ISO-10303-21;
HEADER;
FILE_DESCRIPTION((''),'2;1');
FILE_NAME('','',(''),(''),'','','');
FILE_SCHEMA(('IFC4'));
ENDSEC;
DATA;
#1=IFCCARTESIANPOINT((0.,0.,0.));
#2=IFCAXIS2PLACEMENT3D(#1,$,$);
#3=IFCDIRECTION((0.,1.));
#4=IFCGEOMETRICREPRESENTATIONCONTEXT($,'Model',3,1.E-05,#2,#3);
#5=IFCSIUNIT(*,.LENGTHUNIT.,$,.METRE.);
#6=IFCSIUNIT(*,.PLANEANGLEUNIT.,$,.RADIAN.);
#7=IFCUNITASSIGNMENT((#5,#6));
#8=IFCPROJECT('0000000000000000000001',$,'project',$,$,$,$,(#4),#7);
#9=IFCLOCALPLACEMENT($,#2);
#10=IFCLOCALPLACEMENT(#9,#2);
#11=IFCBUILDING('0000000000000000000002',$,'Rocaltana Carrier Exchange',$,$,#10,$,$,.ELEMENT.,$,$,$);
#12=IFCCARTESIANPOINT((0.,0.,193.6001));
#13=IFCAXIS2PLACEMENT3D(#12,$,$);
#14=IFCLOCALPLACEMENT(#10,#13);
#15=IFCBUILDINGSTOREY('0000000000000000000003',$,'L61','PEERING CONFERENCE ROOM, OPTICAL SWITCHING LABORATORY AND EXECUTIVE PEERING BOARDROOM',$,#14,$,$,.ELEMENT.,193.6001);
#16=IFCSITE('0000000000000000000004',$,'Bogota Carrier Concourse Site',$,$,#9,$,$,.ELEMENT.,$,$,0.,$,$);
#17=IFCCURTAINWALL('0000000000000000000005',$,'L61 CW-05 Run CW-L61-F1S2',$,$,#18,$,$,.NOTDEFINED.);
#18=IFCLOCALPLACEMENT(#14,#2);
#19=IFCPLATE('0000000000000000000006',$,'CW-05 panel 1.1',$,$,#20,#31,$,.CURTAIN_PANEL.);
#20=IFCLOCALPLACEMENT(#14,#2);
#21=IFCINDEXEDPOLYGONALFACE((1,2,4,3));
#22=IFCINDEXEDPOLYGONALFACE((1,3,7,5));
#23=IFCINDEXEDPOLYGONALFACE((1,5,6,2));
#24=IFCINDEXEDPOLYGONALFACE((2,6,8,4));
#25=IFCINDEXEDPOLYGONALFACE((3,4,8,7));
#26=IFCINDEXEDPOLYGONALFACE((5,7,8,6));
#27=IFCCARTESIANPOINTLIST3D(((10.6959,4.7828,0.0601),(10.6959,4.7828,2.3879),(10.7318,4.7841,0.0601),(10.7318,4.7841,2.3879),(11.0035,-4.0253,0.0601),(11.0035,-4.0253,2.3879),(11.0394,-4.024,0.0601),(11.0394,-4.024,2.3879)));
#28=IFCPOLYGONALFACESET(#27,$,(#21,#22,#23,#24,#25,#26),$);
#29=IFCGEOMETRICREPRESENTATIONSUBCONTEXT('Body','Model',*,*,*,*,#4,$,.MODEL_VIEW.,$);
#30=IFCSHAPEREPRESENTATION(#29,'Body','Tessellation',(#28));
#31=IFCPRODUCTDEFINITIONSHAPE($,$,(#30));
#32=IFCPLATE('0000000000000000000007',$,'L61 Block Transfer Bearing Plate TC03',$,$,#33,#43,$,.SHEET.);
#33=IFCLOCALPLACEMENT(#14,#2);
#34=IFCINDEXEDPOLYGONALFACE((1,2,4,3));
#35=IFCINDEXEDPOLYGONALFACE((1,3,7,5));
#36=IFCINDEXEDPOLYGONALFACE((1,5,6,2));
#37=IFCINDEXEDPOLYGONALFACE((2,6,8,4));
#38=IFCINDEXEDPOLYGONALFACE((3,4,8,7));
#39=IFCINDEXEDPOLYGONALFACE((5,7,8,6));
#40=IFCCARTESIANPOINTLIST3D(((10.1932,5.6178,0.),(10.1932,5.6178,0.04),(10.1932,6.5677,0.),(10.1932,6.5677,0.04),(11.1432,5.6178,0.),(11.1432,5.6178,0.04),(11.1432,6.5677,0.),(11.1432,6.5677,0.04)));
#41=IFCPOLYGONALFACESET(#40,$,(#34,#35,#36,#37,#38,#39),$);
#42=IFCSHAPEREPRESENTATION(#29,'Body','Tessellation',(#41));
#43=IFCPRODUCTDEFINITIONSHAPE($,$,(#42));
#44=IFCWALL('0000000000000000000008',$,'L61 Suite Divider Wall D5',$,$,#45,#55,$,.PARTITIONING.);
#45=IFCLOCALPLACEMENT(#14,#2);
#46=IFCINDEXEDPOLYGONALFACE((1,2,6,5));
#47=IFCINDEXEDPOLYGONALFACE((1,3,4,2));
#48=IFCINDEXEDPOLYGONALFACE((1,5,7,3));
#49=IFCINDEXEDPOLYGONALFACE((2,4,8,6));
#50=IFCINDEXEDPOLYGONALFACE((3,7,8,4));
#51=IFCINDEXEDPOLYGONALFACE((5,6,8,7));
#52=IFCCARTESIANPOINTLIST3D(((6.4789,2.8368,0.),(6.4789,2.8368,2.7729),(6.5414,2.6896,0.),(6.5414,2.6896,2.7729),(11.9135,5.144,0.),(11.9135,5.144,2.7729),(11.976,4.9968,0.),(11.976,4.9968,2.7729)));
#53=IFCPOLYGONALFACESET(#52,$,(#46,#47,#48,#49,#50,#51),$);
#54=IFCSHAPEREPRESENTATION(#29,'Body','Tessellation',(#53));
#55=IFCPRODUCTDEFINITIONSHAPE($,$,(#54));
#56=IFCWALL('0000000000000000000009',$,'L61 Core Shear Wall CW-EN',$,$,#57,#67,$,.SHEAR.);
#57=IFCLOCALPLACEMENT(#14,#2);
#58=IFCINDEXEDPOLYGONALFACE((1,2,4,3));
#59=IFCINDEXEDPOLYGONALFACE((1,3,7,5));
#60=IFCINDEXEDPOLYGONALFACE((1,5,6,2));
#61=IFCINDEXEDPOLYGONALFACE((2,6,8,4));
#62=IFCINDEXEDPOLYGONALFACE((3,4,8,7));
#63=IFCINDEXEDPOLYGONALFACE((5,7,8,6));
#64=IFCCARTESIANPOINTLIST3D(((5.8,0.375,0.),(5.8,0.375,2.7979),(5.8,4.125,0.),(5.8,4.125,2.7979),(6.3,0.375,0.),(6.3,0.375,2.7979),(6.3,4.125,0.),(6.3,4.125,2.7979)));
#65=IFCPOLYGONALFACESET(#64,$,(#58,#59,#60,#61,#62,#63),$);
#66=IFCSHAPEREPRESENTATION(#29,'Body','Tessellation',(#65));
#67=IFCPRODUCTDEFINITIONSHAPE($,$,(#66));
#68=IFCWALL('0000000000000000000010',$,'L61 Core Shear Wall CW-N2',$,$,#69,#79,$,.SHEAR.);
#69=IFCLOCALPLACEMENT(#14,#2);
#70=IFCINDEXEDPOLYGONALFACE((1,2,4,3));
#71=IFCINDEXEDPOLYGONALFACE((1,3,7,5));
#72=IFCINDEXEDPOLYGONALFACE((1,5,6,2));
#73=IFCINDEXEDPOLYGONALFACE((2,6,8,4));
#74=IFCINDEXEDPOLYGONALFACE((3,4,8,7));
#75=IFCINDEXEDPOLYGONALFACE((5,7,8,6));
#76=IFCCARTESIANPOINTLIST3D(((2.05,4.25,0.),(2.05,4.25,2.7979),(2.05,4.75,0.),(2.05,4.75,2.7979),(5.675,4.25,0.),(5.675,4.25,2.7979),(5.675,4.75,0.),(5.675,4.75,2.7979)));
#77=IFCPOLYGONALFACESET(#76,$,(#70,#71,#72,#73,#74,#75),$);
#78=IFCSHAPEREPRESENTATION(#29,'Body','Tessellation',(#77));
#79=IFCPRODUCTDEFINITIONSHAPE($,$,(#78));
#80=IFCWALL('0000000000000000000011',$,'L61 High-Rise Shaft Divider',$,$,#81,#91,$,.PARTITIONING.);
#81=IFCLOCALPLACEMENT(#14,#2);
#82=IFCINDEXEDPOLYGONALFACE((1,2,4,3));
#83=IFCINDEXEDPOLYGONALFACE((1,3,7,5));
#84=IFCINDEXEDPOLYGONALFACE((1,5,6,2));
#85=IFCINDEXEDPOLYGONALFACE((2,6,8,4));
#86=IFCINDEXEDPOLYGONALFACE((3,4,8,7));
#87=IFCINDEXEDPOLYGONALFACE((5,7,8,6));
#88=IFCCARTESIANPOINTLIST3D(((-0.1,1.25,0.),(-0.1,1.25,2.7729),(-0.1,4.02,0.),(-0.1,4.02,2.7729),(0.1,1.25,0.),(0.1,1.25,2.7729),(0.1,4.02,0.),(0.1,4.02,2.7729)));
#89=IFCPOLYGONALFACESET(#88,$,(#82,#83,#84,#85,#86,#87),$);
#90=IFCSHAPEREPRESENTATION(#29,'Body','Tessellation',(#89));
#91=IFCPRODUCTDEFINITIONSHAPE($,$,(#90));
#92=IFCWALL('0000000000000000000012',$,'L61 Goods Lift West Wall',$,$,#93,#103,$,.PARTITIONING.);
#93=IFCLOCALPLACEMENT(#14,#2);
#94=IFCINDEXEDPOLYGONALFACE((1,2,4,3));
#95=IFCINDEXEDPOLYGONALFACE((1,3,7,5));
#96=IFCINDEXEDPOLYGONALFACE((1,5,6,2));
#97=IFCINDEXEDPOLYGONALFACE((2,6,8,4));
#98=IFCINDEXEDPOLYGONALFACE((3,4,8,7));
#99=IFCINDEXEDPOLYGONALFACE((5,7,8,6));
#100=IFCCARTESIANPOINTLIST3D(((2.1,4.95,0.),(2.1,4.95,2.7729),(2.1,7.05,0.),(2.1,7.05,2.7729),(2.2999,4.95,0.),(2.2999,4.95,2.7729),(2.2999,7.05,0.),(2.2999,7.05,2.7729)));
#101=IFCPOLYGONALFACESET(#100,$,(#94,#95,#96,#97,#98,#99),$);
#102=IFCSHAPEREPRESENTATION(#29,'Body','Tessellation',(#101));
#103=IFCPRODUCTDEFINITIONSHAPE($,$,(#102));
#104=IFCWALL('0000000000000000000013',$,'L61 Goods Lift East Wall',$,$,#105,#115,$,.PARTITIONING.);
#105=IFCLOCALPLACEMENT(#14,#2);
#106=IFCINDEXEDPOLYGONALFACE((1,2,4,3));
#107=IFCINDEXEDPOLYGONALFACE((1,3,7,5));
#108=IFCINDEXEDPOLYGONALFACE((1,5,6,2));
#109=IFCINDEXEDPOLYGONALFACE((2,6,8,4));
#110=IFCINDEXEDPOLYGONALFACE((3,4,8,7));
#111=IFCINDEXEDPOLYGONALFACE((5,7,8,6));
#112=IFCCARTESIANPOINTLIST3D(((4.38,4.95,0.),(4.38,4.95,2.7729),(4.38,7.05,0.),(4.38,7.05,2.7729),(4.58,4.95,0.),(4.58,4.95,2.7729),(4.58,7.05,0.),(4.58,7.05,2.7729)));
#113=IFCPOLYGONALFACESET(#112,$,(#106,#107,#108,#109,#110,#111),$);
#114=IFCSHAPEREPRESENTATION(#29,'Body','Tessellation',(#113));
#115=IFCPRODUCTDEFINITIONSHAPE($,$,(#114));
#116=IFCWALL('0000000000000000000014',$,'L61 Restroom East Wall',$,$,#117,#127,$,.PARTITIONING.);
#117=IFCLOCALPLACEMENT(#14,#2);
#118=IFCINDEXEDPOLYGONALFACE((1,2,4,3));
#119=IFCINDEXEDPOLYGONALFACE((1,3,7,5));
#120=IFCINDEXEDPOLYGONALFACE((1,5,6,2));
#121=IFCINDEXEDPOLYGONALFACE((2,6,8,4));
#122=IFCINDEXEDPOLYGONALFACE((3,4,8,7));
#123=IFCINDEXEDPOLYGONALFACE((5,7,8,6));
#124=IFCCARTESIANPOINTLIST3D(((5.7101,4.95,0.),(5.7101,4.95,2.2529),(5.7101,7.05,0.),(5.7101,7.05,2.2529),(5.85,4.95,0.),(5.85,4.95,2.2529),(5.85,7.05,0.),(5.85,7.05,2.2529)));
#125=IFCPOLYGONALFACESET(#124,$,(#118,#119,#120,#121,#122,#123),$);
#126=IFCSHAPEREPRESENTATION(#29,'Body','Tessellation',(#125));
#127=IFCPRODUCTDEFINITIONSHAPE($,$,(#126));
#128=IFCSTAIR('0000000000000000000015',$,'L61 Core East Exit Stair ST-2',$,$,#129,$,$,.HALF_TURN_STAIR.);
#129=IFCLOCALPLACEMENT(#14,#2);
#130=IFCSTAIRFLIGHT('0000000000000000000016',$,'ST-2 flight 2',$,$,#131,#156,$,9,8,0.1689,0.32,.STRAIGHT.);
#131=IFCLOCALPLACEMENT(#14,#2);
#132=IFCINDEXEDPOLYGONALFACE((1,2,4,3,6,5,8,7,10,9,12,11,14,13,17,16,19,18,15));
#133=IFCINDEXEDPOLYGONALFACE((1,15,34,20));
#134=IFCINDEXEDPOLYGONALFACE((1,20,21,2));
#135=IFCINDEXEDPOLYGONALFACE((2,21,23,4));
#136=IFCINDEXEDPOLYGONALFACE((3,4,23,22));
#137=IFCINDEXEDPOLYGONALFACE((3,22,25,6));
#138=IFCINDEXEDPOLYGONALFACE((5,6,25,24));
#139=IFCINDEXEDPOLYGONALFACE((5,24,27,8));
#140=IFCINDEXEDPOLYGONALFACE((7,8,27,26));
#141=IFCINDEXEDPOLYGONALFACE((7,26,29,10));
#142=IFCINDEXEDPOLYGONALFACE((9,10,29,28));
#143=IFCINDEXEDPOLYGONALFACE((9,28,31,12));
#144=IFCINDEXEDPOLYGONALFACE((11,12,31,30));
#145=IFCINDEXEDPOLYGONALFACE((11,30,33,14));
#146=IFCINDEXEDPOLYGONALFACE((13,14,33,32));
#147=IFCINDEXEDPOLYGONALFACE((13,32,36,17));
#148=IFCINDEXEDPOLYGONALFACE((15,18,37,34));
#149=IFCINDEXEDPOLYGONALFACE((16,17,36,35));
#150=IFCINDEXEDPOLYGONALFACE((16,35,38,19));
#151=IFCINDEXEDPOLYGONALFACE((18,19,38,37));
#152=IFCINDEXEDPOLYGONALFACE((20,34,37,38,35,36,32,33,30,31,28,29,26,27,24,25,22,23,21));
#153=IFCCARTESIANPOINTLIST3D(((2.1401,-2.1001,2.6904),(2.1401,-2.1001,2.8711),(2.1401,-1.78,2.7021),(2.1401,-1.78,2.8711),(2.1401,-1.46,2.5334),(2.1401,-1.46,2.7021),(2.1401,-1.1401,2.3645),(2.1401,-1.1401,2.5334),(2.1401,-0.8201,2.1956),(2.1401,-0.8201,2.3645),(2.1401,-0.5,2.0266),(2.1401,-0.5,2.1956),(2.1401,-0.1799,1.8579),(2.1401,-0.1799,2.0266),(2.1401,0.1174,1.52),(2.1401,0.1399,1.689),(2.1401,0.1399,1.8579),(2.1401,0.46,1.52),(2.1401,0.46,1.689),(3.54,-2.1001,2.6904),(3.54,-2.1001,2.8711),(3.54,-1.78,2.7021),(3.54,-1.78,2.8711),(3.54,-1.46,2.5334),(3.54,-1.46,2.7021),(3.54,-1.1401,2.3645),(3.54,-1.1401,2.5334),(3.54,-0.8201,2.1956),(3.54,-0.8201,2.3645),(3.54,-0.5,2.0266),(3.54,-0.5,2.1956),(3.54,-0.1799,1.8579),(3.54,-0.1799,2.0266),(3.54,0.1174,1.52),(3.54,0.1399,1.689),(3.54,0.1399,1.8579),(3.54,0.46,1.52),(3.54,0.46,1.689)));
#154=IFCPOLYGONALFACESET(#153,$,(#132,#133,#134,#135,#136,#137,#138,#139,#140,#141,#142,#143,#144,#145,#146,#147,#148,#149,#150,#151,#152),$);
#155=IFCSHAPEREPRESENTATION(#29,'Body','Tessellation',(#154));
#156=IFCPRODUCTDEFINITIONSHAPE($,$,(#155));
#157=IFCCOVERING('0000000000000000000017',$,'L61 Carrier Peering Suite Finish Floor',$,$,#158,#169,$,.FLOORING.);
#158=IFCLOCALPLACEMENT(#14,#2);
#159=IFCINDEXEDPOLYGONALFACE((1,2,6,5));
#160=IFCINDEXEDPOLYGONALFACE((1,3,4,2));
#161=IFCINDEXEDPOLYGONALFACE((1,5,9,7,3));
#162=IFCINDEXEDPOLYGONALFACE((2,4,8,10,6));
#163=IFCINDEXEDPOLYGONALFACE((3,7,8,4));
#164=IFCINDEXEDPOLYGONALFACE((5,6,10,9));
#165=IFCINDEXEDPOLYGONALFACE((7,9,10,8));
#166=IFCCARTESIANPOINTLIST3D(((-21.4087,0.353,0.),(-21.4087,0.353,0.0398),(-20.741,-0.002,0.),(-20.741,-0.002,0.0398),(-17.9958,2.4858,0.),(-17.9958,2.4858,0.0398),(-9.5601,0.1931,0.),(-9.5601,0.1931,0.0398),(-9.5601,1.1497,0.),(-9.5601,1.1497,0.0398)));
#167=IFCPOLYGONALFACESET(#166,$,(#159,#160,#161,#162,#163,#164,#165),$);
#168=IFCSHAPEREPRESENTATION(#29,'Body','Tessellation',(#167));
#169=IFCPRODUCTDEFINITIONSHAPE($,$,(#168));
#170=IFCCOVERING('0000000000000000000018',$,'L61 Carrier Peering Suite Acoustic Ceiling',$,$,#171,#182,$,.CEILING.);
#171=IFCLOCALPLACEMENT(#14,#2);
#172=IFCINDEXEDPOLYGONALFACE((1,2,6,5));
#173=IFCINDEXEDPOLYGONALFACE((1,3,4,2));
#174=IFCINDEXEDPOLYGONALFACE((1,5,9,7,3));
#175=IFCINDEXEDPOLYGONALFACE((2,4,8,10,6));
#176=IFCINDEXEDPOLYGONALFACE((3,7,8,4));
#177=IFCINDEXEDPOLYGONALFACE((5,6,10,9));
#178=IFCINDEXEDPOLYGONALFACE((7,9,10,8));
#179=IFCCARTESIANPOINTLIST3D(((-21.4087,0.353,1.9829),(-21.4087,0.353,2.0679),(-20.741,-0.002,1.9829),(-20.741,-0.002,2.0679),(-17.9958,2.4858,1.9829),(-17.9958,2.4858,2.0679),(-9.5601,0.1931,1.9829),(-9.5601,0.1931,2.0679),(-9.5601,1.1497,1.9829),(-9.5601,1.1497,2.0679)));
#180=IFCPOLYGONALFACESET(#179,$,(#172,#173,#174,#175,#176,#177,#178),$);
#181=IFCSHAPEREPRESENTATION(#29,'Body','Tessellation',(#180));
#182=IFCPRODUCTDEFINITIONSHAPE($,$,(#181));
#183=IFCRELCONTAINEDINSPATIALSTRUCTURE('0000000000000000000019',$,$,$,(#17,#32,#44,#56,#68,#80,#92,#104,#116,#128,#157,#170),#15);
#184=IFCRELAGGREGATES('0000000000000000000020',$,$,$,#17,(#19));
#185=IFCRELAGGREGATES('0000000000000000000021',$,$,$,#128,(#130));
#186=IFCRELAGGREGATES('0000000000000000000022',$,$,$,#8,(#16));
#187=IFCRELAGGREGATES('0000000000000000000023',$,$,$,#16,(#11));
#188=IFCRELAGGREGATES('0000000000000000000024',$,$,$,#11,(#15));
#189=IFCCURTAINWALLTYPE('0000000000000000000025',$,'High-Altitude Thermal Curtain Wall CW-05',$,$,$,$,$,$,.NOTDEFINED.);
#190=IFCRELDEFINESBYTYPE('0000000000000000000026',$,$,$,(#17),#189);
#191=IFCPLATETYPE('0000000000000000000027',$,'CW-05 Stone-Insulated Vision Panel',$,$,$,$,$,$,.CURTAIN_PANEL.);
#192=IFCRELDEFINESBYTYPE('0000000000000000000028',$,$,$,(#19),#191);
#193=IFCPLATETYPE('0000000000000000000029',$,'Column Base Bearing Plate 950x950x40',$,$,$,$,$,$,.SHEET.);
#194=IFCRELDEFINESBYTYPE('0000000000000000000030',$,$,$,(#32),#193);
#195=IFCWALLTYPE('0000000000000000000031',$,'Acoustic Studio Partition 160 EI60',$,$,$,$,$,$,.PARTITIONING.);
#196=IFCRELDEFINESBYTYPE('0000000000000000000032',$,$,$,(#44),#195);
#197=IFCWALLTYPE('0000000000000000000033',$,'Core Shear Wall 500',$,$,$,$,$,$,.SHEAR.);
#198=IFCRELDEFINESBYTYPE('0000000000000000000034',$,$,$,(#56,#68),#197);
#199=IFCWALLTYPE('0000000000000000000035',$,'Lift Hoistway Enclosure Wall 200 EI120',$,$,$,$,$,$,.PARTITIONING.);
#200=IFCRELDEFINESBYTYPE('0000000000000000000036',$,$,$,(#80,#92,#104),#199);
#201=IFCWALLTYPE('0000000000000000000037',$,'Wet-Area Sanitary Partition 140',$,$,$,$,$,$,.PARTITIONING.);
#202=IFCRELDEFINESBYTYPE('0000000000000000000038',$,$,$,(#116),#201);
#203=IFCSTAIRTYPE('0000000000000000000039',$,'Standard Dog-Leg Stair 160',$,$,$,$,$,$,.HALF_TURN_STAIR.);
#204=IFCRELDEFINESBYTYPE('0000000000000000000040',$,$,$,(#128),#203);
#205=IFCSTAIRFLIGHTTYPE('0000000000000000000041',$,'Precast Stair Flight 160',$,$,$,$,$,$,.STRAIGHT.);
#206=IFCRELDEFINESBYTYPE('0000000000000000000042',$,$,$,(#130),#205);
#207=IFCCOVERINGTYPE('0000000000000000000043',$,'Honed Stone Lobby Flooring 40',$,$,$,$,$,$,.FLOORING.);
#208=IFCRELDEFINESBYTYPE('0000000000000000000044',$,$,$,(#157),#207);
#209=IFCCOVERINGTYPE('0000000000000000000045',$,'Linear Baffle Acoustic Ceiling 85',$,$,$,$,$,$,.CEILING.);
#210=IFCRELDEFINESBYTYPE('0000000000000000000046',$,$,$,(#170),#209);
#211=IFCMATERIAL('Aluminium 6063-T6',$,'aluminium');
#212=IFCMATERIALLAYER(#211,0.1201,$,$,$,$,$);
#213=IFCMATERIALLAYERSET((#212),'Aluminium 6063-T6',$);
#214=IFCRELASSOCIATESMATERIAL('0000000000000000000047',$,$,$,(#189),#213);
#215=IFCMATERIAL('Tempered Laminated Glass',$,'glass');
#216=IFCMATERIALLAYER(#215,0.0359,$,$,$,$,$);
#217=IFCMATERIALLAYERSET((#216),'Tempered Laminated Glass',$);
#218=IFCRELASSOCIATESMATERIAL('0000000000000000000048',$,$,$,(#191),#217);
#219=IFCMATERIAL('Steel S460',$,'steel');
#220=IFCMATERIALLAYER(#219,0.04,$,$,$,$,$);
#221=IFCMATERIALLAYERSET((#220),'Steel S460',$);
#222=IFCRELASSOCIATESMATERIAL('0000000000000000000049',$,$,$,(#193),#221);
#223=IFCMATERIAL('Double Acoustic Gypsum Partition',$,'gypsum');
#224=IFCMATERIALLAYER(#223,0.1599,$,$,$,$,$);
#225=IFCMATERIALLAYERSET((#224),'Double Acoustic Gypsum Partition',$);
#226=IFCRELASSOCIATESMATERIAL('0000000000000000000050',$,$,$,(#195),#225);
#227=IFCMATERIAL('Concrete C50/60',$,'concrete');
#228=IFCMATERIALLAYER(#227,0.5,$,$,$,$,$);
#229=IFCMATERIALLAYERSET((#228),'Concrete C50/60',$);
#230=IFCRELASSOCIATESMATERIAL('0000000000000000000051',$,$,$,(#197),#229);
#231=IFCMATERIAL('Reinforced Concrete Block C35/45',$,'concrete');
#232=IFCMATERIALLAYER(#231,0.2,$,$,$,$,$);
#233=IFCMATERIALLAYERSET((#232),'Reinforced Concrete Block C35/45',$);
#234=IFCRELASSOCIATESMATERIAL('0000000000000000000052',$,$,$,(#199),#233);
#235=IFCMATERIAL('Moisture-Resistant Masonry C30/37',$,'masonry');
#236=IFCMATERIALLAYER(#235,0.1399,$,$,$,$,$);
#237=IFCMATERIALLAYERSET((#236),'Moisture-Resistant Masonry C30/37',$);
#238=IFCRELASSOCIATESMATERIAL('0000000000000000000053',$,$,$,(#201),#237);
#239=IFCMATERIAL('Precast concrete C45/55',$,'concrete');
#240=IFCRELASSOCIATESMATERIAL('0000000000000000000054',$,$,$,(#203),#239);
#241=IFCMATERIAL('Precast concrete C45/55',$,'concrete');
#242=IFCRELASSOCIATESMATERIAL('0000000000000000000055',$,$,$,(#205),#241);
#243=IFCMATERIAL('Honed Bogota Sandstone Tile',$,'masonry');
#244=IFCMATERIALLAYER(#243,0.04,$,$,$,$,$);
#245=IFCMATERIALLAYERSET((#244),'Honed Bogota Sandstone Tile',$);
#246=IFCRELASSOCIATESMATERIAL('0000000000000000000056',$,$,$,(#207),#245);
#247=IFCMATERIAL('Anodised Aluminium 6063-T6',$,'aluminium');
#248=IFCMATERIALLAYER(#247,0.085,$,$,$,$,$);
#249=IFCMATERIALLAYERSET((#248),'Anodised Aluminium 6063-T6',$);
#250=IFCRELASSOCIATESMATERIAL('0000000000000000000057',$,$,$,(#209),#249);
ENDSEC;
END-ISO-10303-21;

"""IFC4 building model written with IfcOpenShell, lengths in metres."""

from ifc_helpers import new_model, si_unit, direction, frame, frame_2d, origin, origin_2d, place, context, subcontext, project, spatial, polyline, rectangle, outline, extrude, material, layer, layer_set, type_object, element, aggregate, save


model = new_model("IFC4")

# Units and contexts
model_context = context("Model", 3, precision=1e-05, world=origin(), true_north=direction((0.0, 1.0)))
body_context = subcontext(model_context, "Body", "Model", "MODEL_VIEW")
ifc_project = project(units=[si_unit("LENGTHUNIT", "METRE"), si_unit("PLANEANGLEUNIT", "RADIAN")], contexts=[model_context])

# Site, building, storey
site_placement = place(None, origin())
site = spatial("IfcSite", under=ifc_project, at=site_placement, Name="Bogota Carrier Concourse Site", CompositionType="ELEMENT", RefElevation=0.0)
building_placement = place(site_placement, origin())
building = spatial("IfcBuilding", under=site, at=building_placement, Name="Rocaltana Carrier Exchange", CompositionType="ELEMENT")
storey_placement = place(building_placement, frame((0.0, 0.0, 193.6001)))
storey = spatial("IfcBuildingStorey", under=building, at=storey_placement, Name="L61", Description="PEERING CONFERENCE ROOM, OPTICAL SWITCHING LABORATORY AND EXECUTIVE PEERING BOARDROOM", CompositionType="ELEMENT", Elevation=193.6001)

# Curtain wall
ifc_material_1 = material(Name="Aluminium 6063-T6", Category="aluminium")
ifc_layer_1 = layer(ifc_material_1, 0.1201)
ifc_layer_set_1 = layer_set([ifc_layer_1], Name="Aluminium 6063-T6")
curtain_wall_type = type_object("IfcCurtainWallType", Name="High-Altitude Thermal Curtain Wall CW-05", PredefinedType="NOTDEFINED", material=ifc_layer_set_1)
curtain_wall_placement = place(storey_placement, origin())
curtain_wall = element("IfcCurtainWall", 1, at=curtain_wall_placement, inside=storey, type_object=curtain_wall_type, Name="L61 CW-05 Run CW-L61-F1S2", PredefinedType="NOTDEFINED")

# Plates
ifc_material_2 = material(Name="Tempered Laminated Glass", Category="glass")
ifc_layer_2 = layer(ifc_material_2, 0.0359)
ifc_layer_set_2 = layer_set([ifc_layer_2], Name="Tempered Laminated Glass")
plate_type_1 = type_object("IfcPlateType", Name="CW-05 Stone-Insulated Vision Panel", PredefinedType="CURTAIN_PANEL", material=ifc_layer_set_2)
plate_1_placement = place(storey_placement, frame((10.8677, 0.3794, 0.0601), z_axis=(0.0, 0.0, 1.0), x_axis=(-0.034903, 0.999391, 0.0)))
plate_1 = element("IfcPlate", 2, at=plate_1_placement, type_object=plate_type_1, Name="CW-05 panel 1.1", PredefinedType="CURTAIN_PANEL", context=body_context, shape_type="SweptSolid", body=[
    extrude(rectangle(XDim=8.8135, YDim=0.0359, at=origin_2d()), origin(), (0.0, 0.0, 1.0), 2.3279),
])
aggregate(curtain_wall, [plate_1])
ifc_material_3 = material(Name="Steel S460", Category="steel")
ifc_layer_3 = layer(ifc_material_3, 0.04)
ifc_layer_set_3 = layer_set([ifc_layer_3], Name="Steel S460")
plate_type_2 = type_object("IfcPlateType", Name="Column Base Bearing Plate 950x950x40", PredefinedType="SHEET", material=ifc_layer_set_3)
plate_2_placement = place(storey_placement, frame((10.6682, 6.0928, 0.0), z_axis=(0.0, 0.0, 1.0), x_axis=(1.0, 0.0, 0.0)))
element("IfcPlate", 3, at=plate_2_placement, inside=storey, type_object=plate_type_2, Name="L61 Block Transfer Bearing Plate TC03", PredefinedType="SHEET", context=body_context, shape_type="SweptSolid", body=[
    extrude(rectangle(XDim=0.95, YDim=0.95, at=origin_2d()), origin(), (0.0, 0.0, 1.0), 0.04),
])

# Walls
ifc_material_4 = material(Name="Double Acoustic Gypsum Partition", Category="gypsum")
ifc_layer_4 = layer(ifc_material_4, 0.1599)
ifc_layer_set_4 = layer_set([ifc_layer_4], Name="Double Acoustic Gypsum Partition")
wall_type_1 = type_object("IfcWallType", Name="Acoustic Studio Partition 160 EI60", PredefinedType="PARTITIONING", material=ifc_layer_set_4)
wall_1_placement = place(storey_placement, frame((6.51, 2.7632, 0.0), z_axis=(0.0, 0.0, 1.0), x_axis=(0.920487, 0.390773, 0.0)))
element("IfcWall", 4, at=wall_1_placement, inside=storey, type_object=wall_type_1, Name="L61 Suite Divider Wall D5", PredefinedType="PARTITIONING", context=body_context, shape_type="SweptSolid", body=[
    extrude(rectangle(XDim=5.9041, YDim=0.1599, at=frame_2d((2.9521, 0.0))), origin(), (0.0, 0.0, 1.0), 2.7729),
])
ifc_material_5 = material(Name="Concrete C50/60", Category="concrete")
ifc_layer_5 = layer(ifc_material_5, 0.5)
ifc_layer_set_5 = layer_set([ifc_layer_5], Name="Concrete C50/60")
wall_type_2 = type_object("IfcWallType", Name="Core Shear Wall 500", PredefinedType="SHEAR", material=ifc_layer_set_5)
wall_2_placement = place(storey_placement, frame((6.05, 0.375, 0.0), z_axis=(0.0, 0.0, 1.0), x_axis=(0.0, 1.0, 0.0)))
element("IfcWall", 5, at=wall_2_placement, inside=storey, type_object=wall_type_2, Name="L61 Core Shear Wall CW-EN", PredefinedType="SHEAR", context=body_context, shape_type="SweptSolid", body=[
    extrude(rectangle(XDim=3.75, YDim=0.5, at=frame_2d((1.875, 0.0))), origin(), (0.0, 0.0, 1.0), 2.7979),
])
wall_3_placement = place(storey_placement, frame((2.05, 4.5, 0.0), z_axis=(0.0, 0.0, 1.0), x_axis=(1.0, 0.0, 0.0)))
element("IfcWall", 6, at=wall_3_placement, inside=storey, type_object=wall_type_2, Name="L61 Core Shear Wall CW-N2", PredefinedType="SHEAR", context=body_context, shape_type="SweptSolid", body=[
    extrude(rectangle(XDim=3.625, YDim=0.5, at=frame_2d((1.8125, 0.0))), origin(), (0.0, 0.0, 1.0), 2.7979),
])
ifc_material_6 = material(Name="Reinforced Concrete Block C35/45", Category="concrete")
ifc_layer_6 = layer(ifc_material_6, 0.2)
ifc_layer_set_6 = layer_set([ifc_layer_6], Name="Reinforced Concrete Block C35/45")
wall_type_3 = type_object("IfcWallType", Name="Lift Hoistway Enclosure Wall 200 EI120", PredefinedType="PARTITIONING", material=ifc_layer_set_6)
wall_4_placement = place(storey_placement, frame((0.0, 1.25, 0.0), z_axis=(0.0, 0.0, 1.0), x_axis=(0.0, 1.0, 0.0)))
element("IfcWall", 7, at=wall_4_placement, inside=storey, type_object=wall_type_3, Name="L61 High-Rise Shaft Divider", PredefinedType="PARTITIONING", context=body_context, shape_type="SweptSolid", body=[
    extrude(rectangle(XDim=2.77, YDim=0.2, at=frame_2d((1.385, 0.0))), origin(), (0.0, 0.0, 1.0), 2.7729),
])
for number, where, z_axis, x_axis, name in (
    (8, (2.2, 4.95, 0.0), (0.0, 0.0, 1.0), (0.0, 1.0, 0.0), "L61 Goods Lift West Wall"),
    (9, (4.48, 4.95, 0.0), (0.0, 0.0, 1.0), (0.0, 1.0, 0.0), "L61 Goods Lift East Wall"),
):
    element("IfcWall", number, at=place(storey_placement, frame(where, z_axis=z_axis, x_axis=x_axis)), inside=storey, type_object=wall_type_3, Name=name, PredefinedType="PARTITIONING", context=body_context, shape_type="SweptSolid", body=[
        extrude(rectangle(XDim=2.1001, YDim=0.2, at=frame_2d((1.05, 0.0))), origin(), (0.0, 0.0, 1.0), 2.7729),
    ])
ifc_material_7 = material(Name="Moisture-Resistant Masonry C30/37", Category="masonry")
ifc_layer_7 = layer(ifc_material_7, 0.1399)
ifc_layer_set_7 = layer_set([ifc_layer_7], Name="Moisture-Resistant Masonry C30/37")
wall_type_4 = type_object("IfcWallType", Name="Wet-Area Sanitary Partition 140", PredefinedType="PARTITIONING", material=ifc_layer_set_7)
wall_5_placement = place(storey_placement, frame((5.78, 4.95, 0.0), z_axis=(0.0, 0.0, 1.0), x_axis=(0.0, 1.0, 0.0)))
element("IfcWall", 10, at=wall_5_placement, inside=storey, type_object=wall_type_4, Name="L61 Restroom East Wall", PredefinedType="PARTITIONING", context=body_context, shape_type="SweptSolid", body=[
    extrude(rectangle(XDim=2.1001, YDim=0.1399, at=frame_2d((1.05, 0.0))), origin(), (0.0, 0.0, 1.0), 2.2529),
])

# Stair, stair flight
ifc_material_8 = material(Name="Precast concrete C45/55", Category="concrete")
stair_type = type_object("IfcStairType", Name="Standard Dog-Leg Stair 160", PredefinedType="HALF_TURN_STAIR", material=ifc_material_8)
stair_placement = place(storey_placement, origin())
stair = element("IfcStair", 11, at=stair_placement, inside=storey, type_object=stair_type, Name="L61 Core East Exit Stair ST-2", PredefinedType="HALF_TURN_STAIR")
ifc_material_9 = material(Name="Precast concrete C45/55", Category="concrete")
stair_flight_type = type_object("IfcStairFlightType", Name="Precast Stair Flight 160", PredefinedType="STRAIGHT", material=ifc_material_9)
stair_flight_placement = place(storey_placement, frame((2.8401, 0.46, 1.52), z_axis=(0.0, 0.0, 1.0), x_axis=(0.0, -1.0, 0.0)))
stair_flight = element("IfcStairFlight", 12, at=stair_flight_placement, type_object=stair_flight_type, Name="ST-2 flight 2", NumberOfRisers=9, NumberOfTreads=8, PredefinedType="STRAIGHT", RiserHeight=0.1689, TreadLength=0.32, context=body_context, shape_type="SweptSolid", body=[
    extrude(outline(polyline([(0.0, 0.0), (0.0, 0.1689), (0.3201, 0.1689), (0.3201, 0.3379), (0.6399, 0.3379), (0.6399, 0.5066), (0.96, 0.5066), (0.96, 0.6755), (1.28, 0.6755), (1.28, 0.8445), (1.6001, 0.8445), (1.6001, 1.0134), (1.9199, 1.0134), (1.9199, 1.1821), (2.24, 1.1821), (2.24, 1.3511), (2.5601, 1.3511), (2.5601, 1.52), (2.5601, 1.1704), (0.3425, 0.0), (0.0, 0.0)])), frame((0.0, 0.7, 0.0), z_axis=(0.0, -1.0, 0.0), x_axis=(1.0, 0.0, 0.0)), (0.0, 0.0, 1.0), 1.3999),
])
aggregate(stair, [stair_flight])

# Coverings
ifc_material_10 = material(Name="Honed Bogota Sandstone Tile", Category="masonry")
ifc_layer_8 = layer(ifc_material_10, 0.04)
ifc_layer_set_8 = layer_set([ifc_layer_8], Name="Honed Bogota Sandstone Tile")
covering_type_1 = type_object("IfcCoveringType", Name="Honed Stone Lobby Flooring 40", PredefinedType="FLOORING", material=ifc_layer_set_8)
covering_1_placement = place(storey_placement, origin())
element("IfcCovering", 13, at=covering_1_placement, inside=storey, type_object=covering_type_1, Name="L61 Carrier Peering Suite Finish Floor", PredefinedType="FLOORING", context=body_context, shape_type="SweptSolid", body=[
    extrude(outline(polyline([(-21.4087, 0.353), (-17.9958, 2.4858), (-9.5601, 1.1497), (-9.5601, 0.1931), (-20.741, -0.002), (-21.4087, 0.353)])), origin(), (0.0, 0.0, 1.0), 0.0398),
])
ifc_material_11 = material(Name="Anodised Aluminium 6063-T6", Category="aluminium")
ifc_layer_9 = layer(ifc_material_11, 0.085)
ifc_layer_set_9 = layer_set([ifc_layer_9], Name="Anodised Aluminium 6063-T6")
covering_type_2 = type_object("IfcCoveringType", Name="Linear Baffle Acoustic Ceiling 85", PredefinedType="CEILING", material=ifc_layer_set_9)
covering_2_placement = place(storey_placement, frame((0.0, 0.0, 1.9829)))
element("IfcCovering", 14, at=covering_2_placement, inside=storey, type_object=covering_type_2, Name="L61 Carrier Peering Suite Acoustic Ceiling", PredefinedType="CEILING", context=body_context, shape_type="SweptSolid", body=[
    extrude(outline(polyline([(-21.4087, 0.353), (-17.9958, 2.4858), (-9.5601, 1.1497), (-9.5601, 0.1931), (-20.741, -0.002), (-21.4087, 0.353)])), origin(), (0.0, 0.0, 1.0), 0.085),
])

save(model, "model.ifc")
